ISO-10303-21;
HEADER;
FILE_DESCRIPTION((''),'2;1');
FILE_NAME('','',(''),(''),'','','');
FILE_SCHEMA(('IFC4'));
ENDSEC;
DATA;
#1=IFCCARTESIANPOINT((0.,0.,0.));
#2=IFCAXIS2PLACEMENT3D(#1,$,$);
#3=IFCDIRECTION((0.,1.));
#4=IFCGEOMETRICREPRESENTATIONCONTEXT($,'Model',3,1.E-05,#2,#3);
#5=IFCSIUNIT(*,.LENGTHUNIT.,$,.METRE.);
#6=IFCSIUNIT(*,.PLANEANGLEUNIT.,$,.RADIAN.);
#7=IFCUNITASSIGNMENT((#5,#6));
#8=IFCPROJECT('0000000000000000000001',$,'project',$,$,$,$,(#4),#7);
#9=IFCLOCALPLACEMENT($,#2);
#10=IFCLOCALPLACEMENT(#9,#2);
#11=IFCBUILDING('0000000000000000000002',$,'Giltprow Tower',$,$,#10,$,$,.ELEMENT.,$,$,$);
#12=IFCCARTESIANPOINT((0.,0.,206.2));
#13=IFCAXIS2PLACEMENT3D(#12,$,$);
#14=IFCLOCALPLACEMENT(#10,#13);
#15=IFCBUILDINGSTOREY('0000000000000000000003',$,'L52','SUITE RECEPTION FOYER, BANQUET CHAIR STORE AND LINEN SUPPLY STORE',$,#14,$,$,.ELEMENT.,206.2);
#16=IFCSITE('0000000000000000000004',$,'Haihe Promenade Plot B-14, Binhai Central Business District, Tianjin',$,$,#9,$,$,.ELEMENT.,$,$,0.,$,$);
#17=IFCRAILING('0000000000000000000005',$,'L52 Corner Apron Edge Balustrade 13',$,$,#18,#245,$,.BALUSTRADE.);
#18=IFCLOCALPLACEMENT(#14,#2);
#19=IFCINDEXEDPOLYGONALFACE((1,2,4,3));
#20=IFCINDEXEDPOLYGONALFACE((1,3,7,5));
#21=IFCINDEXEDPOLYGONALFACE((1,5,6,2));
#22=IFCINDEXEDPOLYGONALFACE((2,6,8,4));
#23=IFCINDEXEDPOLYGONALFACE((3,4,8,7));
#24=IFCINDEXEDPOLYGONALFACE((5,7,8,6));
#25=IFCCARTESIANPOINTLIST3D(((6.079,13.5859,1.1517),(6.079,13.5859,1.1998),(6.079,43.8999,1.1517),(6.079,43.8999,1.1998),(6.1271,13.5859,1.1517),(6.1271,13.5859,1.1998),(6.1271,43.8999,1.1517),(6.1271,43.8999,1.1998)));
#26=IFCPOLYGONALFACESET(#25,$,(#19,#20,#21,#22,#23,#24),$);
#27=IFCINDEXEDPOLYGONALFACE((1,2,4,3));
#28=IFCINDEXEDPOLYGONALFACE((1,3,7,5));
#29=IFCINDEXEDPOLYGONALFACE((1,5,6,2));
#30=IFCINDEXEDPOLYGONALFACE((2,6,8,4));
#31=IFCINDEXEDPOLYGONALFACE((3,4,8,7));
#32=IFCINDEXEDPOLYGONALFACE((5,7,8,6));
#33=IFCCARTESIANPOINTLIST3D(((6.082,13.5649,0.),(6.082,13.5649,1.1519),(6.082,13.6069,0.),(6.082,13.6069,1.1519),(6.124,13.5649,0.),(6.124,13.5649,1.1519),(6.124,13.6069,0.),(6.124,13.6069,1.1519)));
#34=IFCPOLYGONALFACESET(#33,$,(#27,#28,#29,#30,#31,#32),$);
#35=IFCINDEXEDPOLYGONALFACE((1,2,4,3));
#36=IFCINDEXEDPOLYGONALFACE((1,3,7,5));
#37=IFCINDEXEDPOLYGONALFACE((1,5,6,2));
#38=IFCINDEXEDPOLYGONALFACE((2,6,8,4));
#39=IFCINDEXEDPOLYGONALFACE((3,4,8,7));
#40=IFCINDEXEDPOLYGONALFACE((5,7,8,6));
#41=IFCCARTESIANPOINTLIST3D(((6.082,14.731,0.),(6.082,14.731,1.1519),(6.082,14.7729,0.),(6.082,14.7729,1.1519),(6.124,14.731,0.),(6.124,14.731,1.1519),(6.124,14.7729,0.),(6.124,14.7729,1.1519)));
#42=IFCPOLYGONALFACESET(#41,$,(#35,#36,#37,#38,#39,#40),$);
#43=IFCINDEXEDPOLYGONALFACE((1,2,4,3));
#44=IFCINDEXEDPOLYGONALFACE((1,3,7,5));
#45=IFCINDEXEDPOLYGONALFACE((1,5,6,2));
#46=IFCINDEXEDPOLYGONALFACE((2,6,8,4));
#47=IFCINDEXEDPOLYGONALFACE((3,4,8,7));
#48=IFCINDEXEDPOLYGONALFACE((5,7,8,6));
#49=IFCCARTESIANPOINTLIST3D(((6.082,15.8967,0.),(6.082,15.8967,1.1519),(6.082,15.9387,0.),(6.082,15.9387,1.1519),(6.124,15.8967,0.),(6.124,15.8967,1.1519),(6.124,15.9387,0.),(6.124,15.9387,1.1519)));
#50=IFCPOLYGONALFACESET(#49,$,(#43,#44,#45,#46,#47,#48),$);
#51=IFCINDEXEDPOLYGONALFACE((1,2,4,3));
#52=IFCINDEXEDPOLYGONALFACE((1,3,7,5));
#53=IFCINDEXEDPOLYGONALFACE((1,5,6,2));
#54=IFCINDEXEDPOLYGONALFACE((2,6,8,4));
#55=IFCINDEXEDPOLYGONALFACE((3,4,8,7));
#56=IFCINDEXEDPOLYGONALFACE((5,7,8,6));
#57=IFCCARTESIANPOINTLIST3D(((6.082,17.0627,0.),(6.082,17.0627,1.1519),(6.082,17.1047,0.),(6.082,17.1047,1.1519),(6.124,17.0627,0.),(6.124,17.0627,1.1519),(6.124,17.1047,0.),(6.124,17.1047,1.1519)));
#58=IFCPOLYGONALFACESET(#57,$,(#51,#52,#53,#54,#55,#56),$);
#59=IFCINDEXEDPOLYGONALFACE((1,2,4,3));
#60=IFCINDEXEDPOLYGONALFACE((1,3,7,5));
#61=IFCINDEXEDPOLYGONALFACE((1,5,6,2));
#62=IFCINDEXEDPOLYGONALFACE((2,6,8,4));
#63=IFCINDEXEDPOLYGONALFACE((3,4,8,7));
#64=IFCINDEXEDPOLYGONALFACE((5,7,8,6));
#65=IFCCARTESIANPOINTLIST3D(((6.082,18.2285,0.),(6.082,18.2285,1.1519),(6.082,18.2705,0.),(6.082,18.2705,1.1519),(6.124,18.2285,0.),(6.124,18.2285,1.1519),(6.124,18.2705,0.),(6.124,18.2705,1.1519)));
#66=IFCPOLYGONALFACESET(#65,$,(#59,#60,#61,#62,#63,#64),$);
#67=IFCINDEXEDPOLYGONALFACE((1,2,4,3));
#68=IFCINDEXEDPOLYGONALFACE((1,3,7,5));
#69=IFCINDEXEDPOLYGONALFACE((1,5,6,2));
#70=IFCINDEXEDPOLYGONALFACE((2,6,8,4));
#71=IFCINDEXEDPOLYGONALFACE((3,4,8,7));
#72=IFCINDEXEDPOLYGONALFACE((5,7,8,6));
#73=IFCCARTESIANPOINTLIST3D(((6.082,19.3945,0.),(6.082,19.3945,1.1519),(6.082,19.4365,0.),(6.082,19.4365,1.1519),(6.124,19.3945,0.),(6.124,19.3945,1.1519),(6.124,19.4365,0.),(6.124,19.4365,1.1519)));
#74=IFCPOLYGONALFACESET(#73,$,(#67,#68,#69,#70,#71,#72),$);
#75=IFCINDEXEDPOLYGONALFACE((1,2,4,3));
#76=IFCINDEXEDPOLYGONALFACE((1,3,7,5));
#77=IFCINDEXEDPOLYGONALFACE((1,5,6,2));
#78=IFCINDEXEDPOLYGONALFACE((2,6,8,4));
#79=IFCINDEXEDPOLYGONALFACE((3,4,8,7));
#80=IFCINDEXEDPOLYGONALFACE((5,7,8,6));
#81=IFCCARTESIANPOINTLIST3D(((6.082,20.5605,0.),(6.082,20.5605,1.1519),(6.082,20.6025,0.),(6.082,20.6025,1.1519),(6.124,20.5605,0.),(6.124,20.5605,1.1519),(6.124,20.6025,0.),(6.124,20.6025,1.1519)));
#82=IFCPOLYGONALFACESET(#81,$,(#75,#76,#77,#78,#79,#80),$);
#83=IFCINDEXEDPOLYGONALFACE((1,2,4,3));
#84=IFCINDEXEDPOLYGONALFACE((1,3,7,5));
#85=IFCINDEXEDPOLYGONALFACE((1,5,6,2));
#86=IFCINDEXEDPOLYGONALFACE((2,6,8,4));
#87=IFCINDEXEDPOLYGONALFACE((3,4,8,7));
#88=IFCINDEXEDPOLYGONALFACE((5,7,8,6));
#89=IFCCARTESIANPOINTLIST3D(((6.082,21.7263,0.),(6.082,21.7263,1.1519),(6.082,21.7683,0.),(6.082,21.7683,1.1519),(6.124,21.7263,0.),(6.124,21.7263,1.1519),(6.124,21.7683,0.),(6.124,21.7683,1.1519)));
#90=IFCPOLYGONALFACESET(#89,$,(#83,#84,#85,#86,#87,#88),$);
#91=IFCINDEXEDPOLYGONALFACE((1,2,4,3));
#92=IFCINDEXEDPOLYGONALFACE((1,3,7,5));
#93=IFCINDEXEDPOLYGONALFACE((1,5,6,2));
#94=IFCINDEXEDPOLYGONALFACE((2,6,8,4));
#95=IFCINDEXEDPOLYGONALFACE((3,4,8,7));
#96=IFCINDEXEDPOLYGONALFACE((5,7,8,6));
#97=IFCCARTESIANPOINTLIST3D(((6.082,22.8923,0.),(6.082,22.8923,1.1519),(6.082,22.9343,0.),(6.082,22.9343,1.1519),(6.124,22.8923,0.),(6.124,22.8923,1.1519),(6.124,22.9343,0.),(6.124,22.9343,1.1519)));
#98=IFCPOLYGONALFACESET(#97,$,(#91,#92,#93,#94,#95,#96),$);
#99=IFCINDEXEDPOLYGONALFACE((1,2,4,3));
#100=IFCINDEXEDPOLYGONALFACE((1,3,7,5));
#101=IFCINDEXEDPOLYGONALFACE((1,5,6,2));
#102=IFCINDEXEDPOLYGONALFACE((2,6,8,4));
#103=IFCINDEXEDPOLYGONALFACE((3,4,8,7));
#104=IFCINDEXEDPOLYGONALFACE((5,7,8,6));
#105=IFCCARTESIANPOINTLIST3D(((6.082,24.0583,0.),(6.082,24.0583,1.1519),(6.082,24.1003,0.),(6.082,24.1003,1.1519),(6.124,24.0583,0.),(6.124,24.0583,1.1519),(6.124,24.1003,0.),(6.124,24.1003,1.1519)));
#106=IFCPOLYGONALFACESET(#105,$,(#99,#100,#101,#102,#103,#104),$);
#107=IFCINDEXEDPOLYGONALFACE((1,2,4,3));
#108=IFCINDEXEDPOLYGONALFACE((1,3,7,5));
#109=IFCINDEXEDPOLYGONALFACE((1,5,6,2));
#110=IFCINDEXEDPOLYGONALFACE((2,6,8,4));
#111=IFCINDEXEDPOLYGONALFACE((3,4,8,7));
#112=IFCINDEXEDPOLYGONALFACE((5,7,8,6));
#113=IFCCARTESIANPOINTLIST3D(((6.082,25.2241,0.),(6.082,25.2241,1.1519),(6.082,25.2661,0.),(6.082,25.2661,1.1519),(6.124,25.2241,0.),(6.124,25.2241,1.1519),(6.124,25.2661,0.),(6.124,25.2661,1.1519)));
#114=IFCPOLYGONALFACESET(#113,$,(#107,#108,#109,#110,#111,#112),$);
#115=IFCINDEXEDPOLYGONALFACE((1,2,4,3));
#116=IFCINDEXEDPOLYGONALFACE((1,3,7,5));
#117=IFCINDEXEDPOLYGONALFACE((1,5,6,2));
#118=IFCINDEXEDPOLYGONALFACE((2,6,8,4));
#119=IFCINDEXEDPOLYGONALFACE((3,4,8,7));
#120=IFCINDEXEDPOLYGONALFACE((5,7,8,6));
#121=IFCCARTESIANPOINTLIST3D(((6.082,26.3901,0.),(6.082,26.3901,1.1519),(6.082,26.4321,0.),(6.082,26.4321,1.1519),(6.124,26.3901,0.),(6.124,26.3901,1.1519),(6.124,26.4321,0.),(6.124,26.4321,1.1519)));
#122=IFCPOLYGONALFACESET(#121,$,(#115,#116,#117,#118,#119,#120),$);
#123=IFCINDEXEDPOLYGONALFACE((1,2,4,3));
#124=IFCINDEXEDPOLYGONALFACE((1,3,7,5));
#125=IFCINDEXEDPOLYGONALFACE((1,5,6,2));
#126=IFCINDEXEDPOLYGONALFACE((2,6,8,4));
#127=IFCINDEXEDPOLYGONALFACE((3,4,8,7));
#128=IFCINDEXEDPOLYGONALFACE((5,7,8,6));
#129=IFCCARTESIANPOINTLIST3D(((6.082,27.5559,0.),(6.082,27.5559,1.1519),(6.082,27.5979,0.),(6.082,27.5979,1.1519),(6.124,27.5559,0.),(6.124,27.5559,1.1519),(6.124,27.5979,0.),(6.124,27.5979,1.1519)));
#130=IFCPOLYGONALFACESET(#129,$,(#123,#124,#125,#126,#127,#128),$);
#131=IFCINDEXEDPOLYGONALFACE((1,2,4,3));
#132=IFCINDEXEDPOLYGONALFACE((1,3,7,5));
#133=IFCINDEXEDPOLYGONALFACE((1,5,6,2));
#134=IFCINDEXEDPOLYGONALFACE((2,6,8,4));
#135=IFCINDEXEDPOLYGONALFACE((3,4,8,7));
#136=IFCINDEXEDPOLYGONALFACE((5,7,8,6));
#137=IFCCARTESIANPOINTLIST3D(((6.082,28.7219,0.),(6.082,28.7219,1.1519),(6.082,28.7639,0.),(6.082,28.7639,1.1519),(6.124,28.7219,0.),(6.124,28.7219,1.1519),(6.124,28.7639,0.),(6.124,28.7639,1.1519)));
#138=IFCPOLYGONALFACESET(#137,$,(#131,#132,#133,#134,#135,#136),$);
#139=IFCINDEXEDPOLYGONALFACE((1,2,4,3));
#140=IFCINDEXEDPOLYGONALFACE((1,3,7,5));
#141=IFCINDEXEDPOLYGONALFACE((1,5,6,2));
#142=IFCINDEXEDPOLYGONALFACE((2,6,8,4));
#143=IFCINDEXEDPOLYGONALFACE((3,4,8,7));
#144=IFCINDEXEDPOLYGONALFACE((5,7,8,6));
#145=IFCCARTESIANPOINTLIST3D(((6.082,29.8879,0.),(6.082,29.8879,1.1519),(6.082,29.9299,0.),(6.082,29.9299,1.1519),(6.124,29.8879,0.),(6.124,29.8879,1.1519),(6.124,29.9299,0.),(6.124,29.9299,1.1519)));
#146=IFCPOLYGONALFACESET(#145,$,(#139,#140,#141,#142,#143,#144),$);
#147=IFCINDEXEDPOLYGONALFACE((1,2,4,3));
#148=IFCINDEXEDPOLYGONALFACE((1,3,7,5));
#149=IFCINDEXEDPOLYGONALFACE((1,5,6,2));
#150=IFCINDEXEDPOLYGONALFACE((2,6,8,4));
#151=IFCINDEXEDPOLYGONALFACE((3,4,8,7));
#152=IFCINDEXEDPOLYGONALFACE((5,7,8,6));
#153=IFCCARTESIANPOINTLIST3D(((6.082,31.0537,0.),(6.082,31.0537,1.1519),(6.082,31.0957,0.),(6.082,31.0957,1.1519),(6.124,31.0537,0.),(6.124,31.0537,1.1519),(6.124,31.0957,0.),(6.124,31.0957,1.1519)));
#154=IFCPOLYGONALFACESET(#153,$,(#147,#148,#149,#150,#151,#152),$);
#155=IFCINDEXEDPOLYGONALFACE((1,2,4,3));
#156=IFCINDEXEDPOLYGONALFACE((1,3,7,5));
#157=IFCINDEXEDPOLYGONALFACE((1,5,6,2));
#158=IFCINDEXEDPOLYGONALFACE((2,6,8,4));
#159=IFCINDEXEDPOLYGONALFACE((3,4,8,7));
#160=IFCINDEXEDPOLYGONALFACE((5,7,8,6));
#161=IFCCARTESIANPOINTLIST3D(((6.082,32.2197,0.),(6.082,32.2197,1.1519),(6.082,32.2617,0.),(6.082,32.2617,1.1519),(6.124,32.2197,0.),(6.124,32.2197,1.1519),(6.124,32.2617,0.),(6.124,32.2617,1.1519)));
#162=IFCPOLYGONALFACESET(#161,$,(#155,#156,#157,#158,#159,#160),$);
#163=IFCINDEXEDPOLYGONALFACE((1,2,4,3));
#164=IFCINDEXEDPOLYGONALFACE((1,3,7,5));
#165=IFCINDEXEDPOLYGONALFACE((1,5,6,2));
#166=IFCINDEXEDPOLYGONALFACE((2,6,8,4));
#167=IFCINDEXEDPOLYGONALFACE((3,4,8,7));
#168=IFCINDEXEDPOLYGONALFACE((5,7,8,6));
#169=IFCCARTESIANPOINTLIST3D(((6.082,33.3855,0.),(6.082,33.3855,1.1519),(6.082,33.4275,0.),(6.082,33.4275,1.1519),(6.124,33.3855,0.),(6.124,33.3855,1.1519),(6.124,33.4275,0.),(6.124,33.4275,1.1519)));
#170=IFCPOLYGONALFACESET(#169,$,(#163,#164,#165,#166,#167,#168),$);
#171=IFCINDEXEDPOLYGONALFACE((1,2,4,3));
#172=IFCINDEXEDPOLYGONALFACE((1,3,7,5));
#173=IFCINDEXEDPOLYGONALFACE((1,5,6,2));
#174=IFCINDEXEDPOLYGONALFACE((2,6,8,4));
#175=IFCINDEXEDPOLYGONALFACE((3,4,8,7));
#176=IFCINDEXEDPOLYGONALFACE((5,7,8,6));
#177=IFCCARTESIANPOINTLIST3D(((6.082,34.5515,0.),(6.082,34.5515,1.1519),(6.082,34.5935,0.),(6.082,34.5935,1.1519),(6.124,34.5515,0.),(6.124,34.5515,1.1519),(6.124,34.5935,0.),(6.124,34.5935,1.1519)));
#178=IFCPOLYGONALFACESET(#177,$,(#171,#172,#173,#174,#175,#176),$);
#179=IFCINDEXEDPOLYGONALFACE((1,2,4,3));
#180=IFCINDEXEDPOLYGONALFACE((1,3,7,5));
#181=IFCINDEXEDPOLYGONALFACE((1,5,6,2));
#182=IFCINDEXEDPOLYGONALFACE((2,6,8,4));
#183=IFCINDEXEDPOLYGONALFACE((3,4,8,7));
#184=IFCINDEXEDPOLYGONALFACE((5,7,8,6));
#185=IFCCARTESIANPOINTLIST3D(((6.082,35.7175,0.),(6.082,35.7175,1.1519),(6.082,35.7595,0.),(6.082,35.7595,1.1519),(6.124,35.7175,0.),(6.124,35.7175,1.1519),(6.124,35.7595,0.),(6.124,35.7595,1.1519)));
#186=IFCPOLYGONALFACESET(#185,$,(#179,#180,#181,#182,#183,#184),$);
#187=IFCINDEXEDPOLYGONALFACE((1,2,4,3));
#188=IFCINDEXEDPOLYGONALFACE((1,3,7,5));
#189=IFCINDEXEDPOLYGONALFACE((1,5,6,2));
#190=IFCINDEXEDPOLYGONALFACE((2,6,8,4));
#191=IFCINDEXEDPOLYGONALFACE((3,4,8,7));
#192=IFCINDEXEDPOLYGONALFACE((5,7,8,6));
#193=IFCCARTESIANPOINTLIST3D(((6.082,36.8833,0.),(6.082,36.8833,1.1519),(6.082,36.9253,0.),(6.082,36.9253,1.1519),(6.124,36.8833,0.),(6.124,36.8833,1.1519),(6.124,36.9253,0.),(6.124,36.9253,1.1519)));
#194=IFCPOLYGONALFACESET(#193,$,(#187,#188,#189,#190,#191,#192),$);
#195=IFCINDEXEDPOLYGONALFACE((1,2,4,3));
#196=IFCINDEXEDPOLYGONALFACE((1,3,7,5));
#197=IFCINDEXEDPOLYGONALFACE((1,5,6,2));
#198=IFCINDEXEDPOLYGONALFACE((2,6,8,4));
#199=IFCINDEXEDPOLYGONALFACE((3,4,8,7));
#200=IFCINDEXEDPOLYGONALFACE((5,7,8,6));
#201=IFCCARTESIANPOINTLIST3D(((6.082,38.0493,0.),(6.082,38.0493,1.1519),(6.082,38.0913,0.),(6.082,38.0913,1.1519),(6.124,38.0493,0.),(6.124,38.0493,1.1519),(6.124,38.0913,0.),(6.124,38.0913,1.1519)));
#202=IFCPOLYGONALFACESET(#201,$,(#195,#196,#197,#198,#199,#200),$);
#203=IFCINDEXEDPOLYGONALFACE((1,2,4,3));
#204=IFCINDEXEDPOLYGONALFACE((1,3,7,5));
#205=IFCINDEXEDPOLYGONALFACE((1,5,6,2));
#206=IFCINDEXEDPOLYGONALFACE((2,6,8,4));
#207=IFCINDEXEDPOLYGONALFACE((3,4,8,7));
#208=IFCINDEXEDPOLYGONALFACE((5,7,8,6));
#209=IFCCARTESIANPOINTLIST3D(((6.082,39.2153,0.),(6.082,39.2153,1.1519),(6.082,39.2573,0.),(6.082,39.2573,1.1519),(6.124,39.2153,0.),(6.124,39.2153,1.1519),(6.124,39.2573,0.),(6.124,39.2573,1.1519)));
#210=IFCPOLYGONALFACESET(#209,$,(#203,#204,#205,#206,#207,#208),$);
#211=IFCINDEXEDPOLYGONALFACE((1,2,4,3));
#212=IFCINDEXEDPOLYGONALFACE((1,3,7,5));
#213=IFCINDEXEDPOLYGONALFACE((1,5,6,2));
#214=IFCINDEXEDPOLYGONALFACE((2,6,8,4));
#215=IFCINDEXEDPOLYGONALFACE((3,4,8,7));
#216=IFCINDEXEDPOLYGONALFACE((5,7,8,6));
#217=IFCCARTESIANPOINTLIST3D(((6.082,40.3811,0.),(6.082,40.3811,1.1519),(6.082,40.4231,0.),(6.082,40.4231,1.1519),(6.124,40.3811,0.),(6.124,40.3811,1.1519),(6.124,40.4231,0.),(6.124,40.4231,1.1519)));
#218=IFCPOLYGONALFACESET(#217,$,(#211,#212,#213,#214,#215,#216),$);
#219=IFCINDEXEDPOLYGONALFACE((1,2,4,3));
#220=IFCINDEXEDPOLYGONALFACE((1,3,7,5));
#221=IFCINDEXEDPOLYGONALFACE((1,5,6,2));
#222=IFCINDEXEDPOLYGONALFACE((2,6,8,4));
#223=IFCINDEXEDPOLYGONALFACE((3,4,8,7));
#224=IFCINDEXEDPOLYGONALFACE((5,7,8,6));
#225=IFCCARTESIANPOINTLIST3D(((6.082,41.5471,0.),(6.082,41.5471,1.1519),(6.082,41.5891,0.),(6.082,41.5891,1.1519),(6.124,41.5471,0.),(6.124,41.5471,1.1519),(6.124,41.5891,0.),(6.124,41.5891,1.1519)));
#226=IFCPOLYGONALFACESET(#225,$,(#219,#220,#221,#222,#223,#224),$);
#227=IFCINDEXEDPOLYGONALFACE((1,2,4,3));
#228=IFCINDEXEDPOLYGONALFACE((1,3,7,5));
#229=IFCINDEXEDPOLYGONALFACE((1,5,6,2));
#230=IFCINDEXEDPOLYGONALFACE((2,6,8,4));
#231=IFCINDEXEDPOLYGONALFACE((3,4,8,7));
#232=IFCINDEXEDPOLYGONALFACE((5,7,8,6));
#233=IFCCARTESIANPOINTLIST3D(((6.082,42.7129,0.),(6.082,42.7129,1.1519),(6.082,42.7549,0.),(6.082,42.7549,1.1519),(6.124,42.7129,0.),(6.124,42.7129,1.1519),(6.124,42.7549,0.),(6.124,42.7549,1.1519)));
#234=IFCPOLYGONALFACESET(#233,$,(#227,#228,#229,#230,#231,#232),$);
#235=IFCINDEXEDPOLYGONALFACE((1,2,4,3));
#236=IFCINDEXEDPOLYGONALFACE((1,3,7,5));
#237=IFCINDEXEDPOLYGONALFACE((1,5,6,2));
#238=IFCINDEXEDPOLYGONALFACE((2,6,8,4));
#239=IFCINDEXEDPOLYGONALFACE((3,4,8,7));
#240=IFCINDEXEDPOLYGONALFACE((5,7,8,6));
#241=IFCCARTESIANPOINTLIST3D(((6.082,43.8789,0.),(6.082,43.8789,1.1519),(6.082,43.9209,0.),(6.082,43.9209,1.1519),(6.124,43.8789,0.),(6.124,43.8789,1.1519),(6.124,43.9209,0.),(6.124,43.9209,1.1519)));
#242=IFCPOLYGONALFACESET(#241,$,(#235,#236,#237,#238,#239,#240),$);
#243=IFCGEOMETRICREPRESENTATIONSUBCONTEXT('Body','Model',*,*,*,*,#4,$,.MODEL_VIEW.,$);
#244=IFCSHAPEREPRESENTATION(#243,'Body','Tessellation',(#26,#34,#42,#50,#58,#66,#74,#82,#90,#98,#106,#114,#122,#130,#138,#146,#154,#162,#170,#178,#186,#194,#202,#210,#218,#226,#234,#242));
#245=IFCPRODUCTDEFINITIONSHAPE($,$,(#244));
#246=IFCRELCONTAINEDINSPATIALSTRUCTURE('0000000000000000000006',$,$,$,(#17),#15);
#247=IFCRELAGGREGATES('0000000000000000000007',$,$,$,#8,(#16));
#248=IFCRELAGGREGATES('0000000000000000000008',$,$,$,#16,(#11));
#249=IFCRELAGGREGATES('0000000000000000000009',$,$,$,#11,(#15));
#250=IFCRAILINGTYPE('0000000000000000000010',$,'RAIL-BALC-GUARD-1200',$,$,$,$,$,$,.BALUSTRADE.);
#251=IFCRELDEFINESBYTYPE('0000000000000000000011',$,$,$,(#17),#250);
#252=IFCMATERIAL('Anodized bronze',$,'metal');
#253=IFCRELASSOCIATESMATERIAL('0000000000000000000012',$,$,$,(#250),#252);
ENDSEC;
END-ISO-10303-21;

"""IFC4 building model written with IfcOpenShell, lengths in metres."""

from ifc_helpers import new_model, si_unit, direction, frame, origin, origin_2d, place, context, subcontext, project, spatial, rectangle, extrude, material, type_object, element, save


model = new_model("IFC4")

# Units and contexts
model_context = context("Model", 3, precision=1e-05, world=origin(), true_north=direction((0.0, 1.0)))
body_context = subcontext(model_context, "Body", "Model", "MODEL_VIEW")
ifc_project = project(units=[si_unit("LENGTHUNIT", "METRE"), si_unit("PLANEANGLEUNIT", "RADIAN")], contexts=[model_context])

# Site, building, storey
site_placement = place(None, origin())
site = spatial("IfcSite", under=ifc_project, at=site_placement, Name="Haihe Promenade Plot B-14, Binhai Central Business District, Tianjin", CompositionType="ELEMENT", RefElevation=0.0)
building_placement = place(site_placement, origin())
building = spatial("IfcBuilding", under=site, at=building_placement, Name="Giltprow Tower", CompositionType="ELEMENT")
storey_placement = place(building_placement, frame((0.0, 0.0, 206.2)))
storey = spatial("IfcBuildingStorey", under=building, at=storey_placement, Name="L52", Description="SUITE RECEPTION FOYER, BANQUET CHAIR STORE AND LINEN SUPPLY STORE", CompositionType="ELEMENT", Elevation=206.2)

# Shared definitions
ifc_material_1 = material(Name="Anodized bronze", Category="metal")

# Railing
railing_type = type_object("IfcRailingType", Name="RAIL-BALC-GUARD-1200", PredefinedType="BALUSTRADE", material=ifc_material_1)
railing_1_placement = place(storey_placement, frame((6.103, 13.5859, 0.0)))
element("IfcRailing", 1, at=railing_1_placement, inside=storey, type_object=railing_type, Name="L52 Corner Apron Edge Balustrade 13", PredefinedType="BALUSTRADE", context=body_context, shape_type="SweptSolid", body=[
    extrude(rectangle(XDim=0.0481, YDim=0.0481, at=origin_2d()), frame((0.0, 0.0, 1.1758), z_axis=(0.0, 1.0, 0.0), x_axis=(-1.0, 0.0, 0.0)), (0.0, 0.0, 1.0), 30.314),
    extrude(rectangle(XDim=0.042, YDim=0.042, at=origin_2d()), origin(), (0.0, 0.0, 1.0), 1.1519),
    extrude(rectangle(XDim=0.042, YDim=0.042, at=origin_2d()), frame((0.0, 1.166, 0.0)), (0.0, 0.0, 1.0), 1.1519),
    extrude(rectangle(XDim=0.042, YDim=0.042, at=origin_2d()), frame((0.0, 2.3318, 0.0)), (0.0, 0.0, 1.0), 1.1519),
    extrude(rectangle(XDim=0.042, YDim=0.042, at=origin_2d()), frame((0.0, 3.4978, 0.0)), (0.0, 0.0, 1.0), 1.1519),
    extrude(rectangle(XDim=0.042, YDim=0.042, at=origin_2d()), frame((0.0, 4.6636, 0.0)), (0.0, 0.0, 1.0), 1.1519),
    extrude(rectangle(XDim=0.042, YDim=0.042, at=origin_2d()), frame((0.0, 5.8296, 0.0)), (0.0, 0.0, 1.0), 1.1519),
    extrude(rectangle(XDim=0.042, YDim=0.042, at=origin_2d()), frame((0.0, 6.9956, 0.0)), (0.0, 0.0, 1.0), 1.1519),
    extrude(rectangle(XDim=0.042, YDim=0.042, at=origin_2d()), frame((0.0, 8.1614, 0.0)), (0.0, 0.0, 1.0), 1.1519),
    extrude(rectangle(XDim=0.042, YDim=0.042, at=origin_2d()), frame((0.0, 9.3274, 0.0)), (0.0, 0.0, 1.0), 1.1519),
    extrude(rectangle(XDim=0.042, YDim=0.042, at=origin_2d()), frame((0.0, 10.4934, 0.0)), (0.0, 0.0, 1.0), 1.1519),
    extrude(rectangle(XDim=0.042, YDim=0.042, at=origin_2d()), frame((0.0, 11.6592, 0.0)), (0.0, 0.0, 1.0), 1.1519),
    extrude(rectangle(XDim=0.042, YDim=0.042, at=origin_2d()), frame((0.0, 12.8252, 0.0)), (0.0, 0.0, 1.0), 1.1519),
    extrude(rectangle(XDim=0.042, YDim=0.042, at=origin_2d()), frame((0.0, 13.991, 0.0)), (0.0, 0.0, 1.0), 1.1519),
    extrude(rectangle(XDim=0.042, YDim=0.042, at=origin_2d()), frame((0.0, 15.157, 0.0)), (0.0, 0.0, 1.0), 1.1519),
    extrude(rectangle(XDim=0.042, YDim=0.042, at=origin_2d()), frame((0.0, 16.323, 0.0)), (0.0, 0.0, 1.0), 1.1519),
    extrude(rectangle(XDim=0.042, YDim=0.042, at=origin_2d()), frame((0.0, 17.4888, 0.0)), (0.0, 0.0, 1.0), 1.1519),
    extrude(rectangle(XDim=0.042, YDim=0.042, at=origin_2d()), frame((0.0, 18.6548, 0.0)), (0.0, 0.0, 1.0), 1.1519),
    extrude(rectangle(XDim=0.042, YDim=0.042, at=origin_2d()), frame((0.0, 19.8206, 0.0)), (0.0, 0.0, 1.0), 1.1519),
    extrude(rectangle(XDim=0.042, YDim=0.042, at=origin_2d()), frame((0.0, 20.9866, 0.0)), (0.0, 0.0, 1.0), 1.1519),
    extrude(rectangle(XDim=0.042, YDim=0.042, at=origin_2d()), frame((0.0, 22.1526, 0.0)), (0.0, 0.0, 1.0), 1.1519),
    extrude(rectangle(XDim=0.042, YDim=0.042, at=origin_2d()), frame((0.0, 23.3184, 0.0)), (0.0, 0.0, 1.0), 1.1519),
    extrude(rectangle(XDim=0.042, YDim=0.042, at=origin_2d()), frame((0.0, 24.4844, 0.0)), (0.0, 0.0, 1.0), 1.1519),
    extrude(rectangle(XDim=0.042, YDim=0.042, at=origin_2d()), frame((0.0, 25.6504, 0.0)), (0.0, 0.0, 1.0), 1.1519),
    extrude(rectangle(XDim=0.042, YDim=0.042, at=origin_2d()), frame((0.0, 26.8162, 0.0)), (0.0, 0.0, 1.0), 1.1519),
    extrude(rectangle(XDim=0.042, YDim=0.042, at=origin_2d()), frame((0.0, 27.9822, 0.0)), (0.0, 0.0, 1.0), 1.1519),
    extrude(rectangle(XDim=0.042, YDim=0.042, at=origin_2d()), frame((0.0, 29.1479, 0.0)), (0.0, 0.0, 1.0), 1.1519),
    extrude(rectangle(XDim=0.042, YDim=0.042, at=origin_2d()), frame((0.0, 30.314, 0.0)), (0.0, 0.0, 1.0), 1.1519),
])

save(model, "model.ifc")
